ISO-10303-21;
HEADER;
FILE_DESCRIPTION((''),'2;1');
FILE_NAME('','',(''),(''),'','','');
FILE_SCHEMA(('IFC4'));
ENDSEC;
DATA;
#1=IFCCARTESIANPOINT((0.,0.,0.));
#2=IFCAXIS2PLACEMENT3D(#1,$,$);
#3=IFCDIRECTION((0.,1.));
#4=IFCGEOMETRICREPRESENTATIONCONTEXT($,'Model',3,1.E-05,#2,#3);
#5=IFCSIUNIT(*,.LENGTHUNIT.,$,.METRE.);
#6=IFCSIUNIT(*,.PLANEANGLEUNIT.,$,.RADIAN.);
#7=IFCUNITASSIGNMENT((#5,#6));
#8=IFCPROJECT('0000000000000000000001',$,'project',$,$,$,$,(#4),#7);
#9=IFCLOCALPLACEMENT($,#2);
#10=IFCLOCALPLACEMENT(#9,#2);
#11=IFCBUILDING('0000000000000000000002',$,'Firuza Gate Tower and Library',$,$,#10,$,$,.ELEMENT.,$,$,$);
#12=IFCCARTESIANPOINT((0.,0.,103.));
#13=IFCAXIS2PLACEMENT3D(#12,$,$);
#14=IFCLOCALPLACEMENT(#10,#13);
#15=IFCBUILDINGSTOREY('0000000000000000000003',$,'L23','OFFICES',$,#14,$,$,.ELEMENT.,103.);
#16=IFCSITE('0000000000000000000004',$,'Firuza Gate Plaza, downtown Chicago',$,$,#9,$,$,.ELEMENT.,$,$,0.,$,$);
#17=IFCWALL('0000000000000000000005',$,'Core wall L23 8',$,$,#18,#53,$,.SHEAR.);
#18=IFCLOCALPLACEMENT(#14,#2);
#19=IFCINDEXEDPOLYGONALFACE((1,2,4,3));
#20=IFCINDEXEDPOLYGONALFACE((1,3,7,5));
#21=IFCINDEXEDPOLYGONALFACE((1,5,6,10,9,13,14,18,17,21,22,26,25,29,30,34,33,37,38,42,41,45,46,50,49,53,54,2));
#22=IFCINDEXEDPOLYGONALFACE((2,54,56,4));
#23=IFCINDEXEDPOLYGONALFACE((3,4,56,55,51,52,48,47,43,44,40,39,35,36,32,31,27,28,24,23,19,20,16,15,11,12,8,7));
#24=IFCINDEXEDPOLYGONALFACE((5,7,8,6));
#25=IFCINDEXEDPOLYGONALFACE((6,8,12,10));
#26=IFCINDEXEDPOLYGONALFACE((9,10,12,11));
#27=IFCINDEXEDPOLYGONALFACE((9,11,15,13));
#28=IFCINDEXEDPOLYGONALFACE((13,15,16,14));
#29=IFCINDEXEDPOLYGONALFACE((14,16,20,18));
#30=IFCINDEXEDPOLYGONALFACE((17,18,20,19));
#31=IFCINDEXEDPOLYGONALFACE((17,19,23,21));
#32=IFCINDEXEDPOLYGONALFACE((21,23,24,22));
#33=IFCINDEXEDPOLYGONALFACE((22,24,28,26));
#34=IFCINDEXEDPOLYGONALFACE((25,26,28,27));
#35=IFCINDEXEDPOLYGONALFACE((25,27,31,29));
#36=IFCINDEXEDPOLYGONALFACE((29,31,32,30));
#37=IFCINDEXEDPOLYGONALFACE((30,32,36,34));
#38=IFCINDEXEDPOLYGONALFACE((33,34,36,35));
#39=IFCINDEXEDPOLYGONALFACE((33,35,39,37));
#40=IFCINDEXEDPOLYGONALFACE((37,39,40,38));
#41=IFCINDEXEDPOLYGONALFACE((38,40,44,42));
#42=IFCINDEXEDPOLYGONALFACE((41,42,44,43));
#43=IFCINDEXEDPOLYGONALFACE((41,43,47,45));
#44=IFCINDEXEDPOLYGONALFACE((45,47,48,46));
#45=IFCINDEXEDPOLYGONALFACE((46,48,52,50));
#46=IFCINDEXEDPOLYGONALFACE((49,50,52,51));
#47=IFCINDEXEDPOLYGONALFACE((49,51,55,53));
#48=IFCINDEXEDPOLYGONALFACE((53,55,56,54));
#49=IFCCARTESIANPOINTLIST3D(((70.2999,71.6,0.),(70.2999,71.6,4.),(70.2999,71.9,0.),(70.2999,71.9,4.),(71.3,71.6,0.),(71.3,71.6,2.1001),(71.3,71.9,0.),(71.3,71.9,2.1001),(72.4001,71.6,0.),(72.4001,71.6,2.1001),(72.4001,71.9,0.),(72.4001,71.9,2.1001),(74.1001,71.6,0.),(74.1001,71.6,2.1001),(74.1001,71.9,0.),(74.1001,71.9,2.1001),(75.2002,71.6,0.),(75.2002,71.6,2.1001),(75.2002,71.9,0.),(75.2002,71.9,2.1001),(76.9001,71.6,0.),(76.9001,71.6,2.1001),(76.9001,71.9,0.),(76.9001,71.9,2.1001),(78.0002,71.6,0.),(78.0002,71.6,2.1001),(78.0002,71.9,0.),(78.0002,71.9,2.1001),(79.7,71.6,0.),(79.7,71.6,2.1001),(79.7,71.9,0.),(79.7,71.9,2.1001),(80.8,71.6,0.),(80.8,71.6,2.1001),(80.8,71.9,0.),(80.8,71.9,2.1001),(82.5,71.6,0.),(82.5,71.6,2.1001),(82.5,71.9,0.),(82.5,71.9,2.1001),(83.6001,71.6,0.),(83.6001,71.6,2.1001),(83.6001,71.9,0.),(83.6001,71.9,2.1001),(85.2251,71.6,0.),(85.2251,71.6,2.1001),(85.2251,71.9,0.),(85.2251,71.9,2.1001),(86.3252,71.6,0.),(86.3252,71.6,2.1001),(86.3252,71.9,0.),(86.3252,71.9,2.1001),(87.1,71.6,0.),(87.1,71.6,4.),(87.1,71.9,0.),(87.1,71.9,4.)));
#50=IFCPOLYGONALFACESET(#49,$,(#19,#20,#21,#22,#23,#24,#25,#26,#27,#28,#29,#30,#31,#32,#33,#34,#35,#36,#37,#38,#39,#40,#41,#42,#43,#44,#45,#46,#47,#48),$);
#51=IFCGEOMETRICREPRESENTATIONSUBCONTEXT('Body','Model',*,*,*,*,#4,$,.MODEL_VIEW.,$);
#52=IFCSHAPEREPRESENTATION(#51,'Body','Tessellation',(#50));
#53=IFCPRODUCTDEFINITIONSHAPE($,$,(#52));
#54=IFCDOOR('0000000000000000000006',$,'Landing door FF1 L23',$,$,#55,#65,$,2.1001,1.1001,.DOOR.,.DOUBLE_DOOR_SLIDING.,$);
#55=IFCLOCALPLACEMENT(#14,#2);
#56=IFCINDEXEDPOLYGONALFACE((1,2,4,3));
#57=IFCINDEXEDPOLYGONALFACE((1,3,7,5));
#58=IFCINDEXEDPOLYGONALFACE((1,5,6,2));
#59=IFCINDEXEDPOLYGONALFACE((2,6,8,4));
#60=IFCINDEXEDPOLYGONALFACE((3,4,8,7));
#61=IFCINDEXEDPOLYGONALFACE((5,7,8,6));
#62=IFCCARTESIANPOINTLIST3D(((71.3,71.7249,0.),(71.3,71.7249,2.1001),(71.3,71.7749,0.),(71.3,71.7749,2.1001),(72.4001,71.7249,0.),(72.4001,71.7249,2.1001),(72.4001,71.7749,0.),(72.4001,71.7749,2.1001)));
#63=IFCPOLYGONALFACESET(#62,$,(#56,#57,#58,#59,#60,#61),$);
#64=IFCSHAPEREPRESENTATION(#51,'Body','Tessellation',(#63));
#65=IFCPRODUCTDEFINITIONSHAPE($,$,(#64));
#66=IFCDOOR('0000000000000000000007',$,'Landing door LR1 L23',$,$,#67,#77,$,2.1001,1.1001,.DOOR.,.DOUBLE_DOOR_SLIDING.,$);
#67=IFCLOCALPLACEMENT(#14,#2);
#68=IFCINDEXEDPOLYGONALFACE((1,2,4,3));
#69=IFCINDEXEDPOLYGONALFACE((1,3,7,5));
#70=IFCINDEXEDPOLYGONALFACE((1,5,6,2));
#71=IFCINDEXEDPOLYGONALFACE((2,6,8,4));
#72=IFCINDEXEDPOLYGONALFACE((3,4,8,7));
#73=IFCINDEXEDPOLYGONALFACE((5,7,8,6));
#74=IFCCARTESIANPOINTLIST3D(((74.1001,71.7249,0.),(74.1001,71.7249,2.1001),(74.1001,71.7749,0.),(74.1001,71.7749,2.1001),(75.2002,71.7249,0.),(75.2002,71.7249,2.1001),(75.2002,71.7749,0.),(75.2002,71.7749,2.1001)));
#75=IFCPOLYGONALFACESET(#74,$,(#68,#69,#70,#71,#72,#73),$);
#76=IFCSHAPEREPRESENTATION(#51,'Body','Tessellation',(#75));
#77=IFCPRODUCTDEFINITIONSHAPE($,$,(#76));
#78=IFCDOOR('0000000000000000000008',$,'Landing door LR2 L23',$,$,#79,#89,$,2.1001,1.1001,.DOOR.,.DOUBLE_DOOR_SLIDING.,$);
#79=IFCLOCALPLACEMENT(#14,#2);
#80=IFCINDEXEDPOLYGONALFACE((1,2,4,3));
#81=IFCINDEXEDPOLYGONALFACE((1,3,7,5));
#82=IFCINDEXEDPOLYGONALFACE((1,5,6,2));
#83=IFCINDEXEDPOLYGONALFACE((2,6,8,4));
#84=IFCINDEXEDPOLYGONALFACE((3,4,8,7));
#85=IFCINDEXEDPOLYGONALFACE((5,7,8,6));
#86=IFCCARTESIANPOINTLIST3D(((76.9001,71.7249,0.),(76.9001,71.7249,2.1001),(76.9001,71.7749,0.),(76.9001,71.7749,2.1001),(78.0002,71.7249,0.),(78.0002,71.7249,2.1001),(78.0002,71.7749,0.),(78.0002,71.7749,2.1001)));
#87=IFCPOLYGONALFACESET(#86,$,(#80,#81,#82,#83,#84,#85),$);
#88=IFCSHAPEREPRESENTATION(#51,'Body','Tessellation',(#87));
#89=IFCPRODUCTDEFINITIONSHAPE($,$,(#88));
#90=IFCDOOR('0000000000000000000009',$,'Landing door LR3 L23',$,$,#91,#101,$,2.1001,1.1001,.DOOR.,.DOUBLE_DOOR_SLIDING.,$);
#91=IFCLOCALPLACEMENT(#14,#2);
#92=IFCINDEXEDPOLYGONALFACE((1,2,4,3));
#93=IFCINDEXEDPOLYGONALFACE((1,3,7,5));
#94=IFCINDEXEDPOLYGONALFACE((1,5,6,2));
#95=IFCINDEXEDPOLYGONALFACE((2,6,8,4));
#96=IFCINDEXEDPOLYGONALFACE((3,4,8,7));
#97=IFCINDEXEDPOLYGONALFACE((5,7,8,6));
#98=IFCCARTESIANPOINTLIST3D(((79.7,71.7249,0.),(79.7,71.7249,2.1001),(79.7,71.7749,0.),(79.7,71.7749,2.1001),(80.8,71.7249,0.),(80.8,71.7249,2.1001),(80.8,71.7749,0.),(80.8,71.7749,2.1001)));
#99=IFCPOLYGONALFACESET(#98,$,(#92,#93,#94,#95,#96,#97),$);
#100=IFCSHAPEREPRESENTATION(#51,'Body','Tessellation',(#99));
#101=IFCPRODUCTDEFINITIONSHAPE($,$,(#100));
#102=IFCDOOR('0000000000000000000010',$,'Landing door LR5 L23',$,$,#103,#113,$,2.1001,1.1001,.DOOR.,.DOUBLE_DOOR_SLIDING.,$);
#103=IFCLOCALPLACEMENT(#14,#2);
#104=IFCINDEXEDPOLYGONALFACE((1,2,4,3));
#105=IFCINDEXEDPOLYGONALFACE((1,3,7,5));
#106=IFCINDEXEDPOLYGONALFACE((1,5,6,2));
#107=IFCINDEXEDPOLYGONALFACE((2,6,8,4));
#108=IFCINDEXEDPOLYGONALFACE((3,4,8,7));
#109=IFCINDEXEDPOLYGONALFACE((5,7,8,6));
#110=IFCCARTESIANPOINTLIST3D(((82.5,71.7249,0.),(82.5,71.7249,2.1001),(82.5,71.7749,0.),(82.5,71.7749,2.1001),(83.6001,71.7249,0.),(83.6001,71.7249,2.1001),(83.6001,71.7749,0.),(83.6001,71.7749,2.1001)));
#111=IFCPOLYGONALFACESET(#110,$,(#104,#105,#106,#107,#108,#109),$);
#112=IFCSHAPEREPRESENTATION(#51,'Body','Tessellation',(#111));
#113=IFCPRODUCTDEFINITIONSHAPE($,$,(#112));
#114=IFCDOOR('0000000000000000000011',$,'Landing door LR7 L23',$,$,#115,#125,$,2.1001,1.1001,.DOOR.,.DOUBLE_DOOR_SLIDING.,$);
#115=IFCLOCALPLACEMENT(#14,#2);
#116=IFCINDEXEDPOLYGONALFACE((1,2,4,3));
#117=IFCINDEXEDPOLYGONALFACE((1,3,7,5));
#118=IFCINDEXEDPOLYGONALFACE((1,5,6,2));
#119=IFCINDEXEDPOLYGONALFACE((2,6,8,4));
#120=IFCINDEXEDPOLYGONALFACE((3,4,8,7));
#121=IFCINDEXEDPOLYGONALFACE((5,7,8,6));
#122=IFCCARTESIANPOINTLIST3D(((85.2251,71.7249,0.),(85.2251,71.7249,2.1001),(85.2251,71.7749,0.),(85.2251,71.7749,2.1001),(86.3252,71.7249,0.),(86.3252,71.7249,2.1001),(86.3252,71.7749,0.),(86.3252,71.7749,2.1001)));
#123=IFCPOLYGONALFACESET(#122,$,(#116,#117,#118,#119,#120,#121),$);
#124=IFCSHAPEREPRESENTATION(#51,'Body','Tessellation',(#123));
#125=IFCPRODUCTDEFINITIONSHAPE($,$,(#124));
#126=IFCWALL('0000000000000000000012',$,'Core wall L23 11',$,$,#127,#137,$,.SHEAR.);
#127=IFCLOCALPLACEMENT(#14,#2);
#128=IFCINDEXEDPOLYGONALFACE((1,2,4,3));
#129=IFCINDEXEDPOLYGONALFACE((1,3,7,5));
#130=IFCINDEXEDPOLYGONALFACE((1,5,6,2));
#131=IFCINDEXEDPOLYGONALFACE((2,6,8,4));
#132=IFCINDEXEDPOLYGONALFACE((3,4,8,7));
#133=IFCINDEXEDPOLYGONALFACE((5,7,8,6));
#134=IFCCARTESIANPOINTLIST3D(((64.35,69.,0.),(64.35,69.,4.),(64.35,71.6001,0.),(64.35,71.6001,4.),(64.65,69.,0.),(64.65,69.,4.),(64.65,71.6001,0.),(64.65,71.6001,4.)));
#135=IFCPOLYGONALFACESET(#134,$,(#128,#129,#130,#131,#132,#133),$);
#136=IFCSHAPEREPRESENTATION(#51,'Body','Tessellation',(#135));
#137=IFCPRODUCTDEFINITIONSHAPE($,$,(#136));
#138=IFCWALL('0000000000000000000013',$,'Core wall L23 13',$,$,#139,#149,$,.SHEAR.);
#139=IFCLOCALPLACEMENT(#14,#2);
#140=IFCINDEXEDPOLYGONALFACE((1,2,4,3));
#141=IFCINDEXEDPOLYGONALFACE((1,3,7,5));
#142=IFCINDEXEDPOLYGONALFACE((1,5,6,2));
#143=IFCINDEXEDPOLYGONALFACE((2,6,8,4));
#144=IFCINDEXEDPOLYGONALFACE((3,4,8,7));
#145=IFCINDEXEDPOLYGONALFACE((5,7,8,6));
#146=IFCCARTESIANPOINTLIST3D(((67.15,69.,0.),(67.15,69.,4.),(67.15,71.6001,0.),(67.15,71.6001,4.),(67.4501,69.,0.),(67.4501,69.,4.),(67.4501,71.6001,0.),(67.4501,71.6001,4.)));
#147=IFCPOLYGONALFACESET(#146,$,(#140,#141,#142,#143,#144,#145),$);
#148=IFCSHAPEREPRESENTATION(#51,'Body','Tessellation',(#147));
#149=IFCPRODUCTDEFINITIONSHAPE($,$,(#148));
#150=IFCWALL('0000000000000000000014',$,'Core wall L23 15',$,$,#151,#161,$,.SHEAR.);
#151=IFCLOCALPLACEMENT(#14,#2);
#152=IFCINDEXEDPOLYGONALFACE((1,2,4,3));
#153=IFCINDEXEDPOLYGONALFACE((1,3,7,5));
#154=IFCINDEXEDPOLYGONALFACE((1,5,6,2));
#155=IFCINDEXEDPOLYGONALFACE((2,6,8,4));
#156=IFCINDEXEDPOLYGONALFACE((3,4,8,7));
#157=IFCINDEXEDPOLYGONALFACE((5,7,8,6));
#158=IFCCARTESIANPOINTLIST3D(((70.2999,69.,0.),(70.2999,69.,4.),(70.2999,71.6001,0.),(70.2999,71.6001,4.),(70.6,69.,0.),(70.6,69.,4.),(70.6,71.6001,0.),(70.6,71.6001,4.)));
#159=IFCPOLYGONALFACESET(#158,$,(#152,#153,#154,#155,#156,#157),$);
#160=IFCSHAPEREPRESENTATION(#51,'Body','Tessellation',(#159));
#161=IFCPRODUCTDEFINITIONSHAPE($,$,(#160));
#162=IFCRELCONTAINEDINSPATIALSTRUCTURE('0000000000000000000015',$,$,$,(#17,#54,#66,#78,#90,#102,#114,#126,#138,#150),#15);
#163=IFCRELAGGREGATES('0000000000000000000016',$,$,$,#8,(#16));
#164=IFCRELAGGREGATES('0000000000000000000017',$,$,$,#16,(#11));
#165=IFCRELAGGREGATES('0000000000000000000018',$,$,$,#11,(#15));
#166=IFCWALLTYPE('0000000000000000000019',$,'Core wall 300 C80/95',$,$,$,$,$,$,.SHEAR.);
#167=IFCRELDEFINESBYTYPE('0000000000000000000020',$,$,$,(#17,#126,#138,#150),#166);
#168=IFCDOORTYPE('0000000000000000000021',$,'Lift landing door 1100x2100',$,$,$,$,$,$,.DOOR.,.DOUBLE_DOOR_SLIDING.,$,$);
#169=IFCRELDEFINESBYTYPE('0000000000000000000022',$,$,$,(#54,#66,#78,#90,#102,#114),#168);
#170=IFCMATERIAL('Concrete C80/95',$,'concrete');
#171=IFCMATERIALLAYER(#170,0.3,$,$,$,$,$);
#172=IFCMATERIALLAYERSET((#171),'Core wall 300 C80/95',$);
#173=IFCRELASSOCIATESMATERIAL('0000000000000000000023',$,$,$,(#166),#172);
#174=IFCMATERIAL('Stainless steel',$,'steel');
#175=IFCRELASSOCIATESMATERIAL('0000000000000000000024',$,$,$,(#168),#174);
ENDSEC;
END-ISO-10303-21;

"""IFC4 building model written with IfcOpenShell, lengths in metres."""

from ifc_helpers import new_model, si_unit, direction, frame, frame_2d, origin, place, context, subcontext, project, spatial, rectangle, extrude, material, layer, layer_set, type_object, element, fill, save


model = new_model("IFC4")

# Units and contexts
model_context = context("Model", 3, precision=1e-05, world=origin(), true_north=direction((0.0, 1.0)))
body_context = subcontext(model_context, "Body", "Model", "MODEL_VIEW")
ifc_project = project(units=[si_unit("LENGTHUNIT", "METRE"), si_unit("PLANEANGLEUNIT", "RADIAN")], contexts=[model_context])

# Site, building, storey
site_placement = place(None, origin())
site = spatial("IfcSite", under=ifc_project, at=site_placement, Name="Firuza Gate Plaza, downtown Chicago", CompositionType="ELEMENT", RefElevation=0.0)
building_placement = place(site_placement, origin())
building = spatial("IfcBuilding", under=site, at=building_placement, Name="Firuza Gate Tower and Library", CompositionType="ELEMENT")
storey_placement = place(building_placement, frame((0.0, 0.0, 103.0)))
storey = spatial("IfcBuildingStorey", under=building, at=storey_placement, Name="L23", Description="OFFICES", CompositionType="ELEMENT", Elevation=103.0)

# Shared definitions
ifc_material_1 = material(Name="Concrete C80/95", Category="concrete")
ifc_layer_1 = layer(ifc_material_1, 0.3)
ifc_layer_set_1 = layer_set([ifc_layer_1], Name="Core wall 300 C80/95")
wall_type_1 = type_object("IfcWallType", Name="Core wall 300 C80/95", PredefinedType="SHEAR", material=ifc_layer_set_1)

# Wall, openings, doors
wall_1_placement = place(storey_placement, frame((70.3, 71.75, 0.0), z_axis=(0.0, 0.0, 1.0), x_axis=(1.0, 0.0, 0.0)))
wall_1 = element("IfcWall", 1, at=wall_1_placement, inside=storey, type_object=wall_type_1, Name="Core wall L23 8", PredefinedType="SHEAR", context=body_context, shape_type="SweptSolid", body=[
    extrude(rectangle(XDim=16.8, YDim=0.3, at=frame_2d((8.3999, 0.0))), origin(), (0.0, 0.0, 1.0), 4.0),
])
opening_1_placement = place(wall_1_placement, frame((1.0, 0.0, 0.0)))
opening_1 = element("IfcOpeningElement", 2, at=opening_1_placement, cuts=wall_1, PredefinedType="OPENING", context=body_context, shape_type="SweptSolid", body=[
    extrude(rectangle(XDim=1.1001, YDim=2.1001, at=frame_2d((0.55, 1.05))), frame((0.0, 0.1602, 0.0), z_axis=(0.0, -1.0, 0.0), x_axis=(1.0, 0.0, 0.0)), (0.0, 0.0, 1.0), 0.3201),
])
opening_2_placement = place(wall_1_placement, frame((3.8, 0.0, 0.0)))
opening_2 = element("IfcOpeningElement", 3, at=opening_2_placement, cuts=wall_1, PredefinedType="OPENING", context=body_context, shape_type="SweptSolid", body=[
    extrude(rectangle(XDim=1.1001, YDim=2.1001, at=frame_2d((0.55, 1.05))), frame((0.0, 0.1602, 0.0), z_axis=(0.0, -1.0, 0.0), x_axis=(1.0, 0.0, 0.0)), (0.0, 0.0, 1.0), 0.3201),
])
opening_3_placement = place(wall_1_placement, frame((6.6001, 0.0, 0.0)))
opening_3 = element("IfcOpeningElement", 4, at=opening_3_placement, cuts=wall_1, PredefinedType="OPENING", context=body_context, shape_type="SweptSolid", body=[
    extrude(rectangle(XDim=1.1001, YDim=2.1001, at=frame_2d((0.55, 1.05))), frame((0.0, 0.1602, 0.0), z_axis=(0.0, -1.0, 0.0), x_axis=(1.0, 0.0, 0.0)), (0.0, 0.0, 1.0), 0.3201),
])
opening_4_placement = place(wall_1_placement, frame((9.3999, 0.0, 0.0)))
opening_4 = element("IfcOpeningElement", 5, at=opening_4_placement, cuts=wall_1, PredefinedType="OPENING", context=body_context, shape_type="SweptSolid", body=[
    extrude(rectangle(XDim=1.1001, YDim=2.1001, at=frame_2d((0.55, 1.05))), frame((0.0, 0.1602, 0.0), z_axis=(0.0, -1.0, 0.0), x_axis=(1.0, 0.0, 0.0)), (0.0, 0.0, 1.0), 0.3201),
])
opening_5_placement = place(wall_1_placement, frame((12.2, 0.0, 0.0)))
opening_5 = element("IfcOpeningElement", 6, at=opening_5_placement, cuts=wall_1, PredefinedType="OPENING", context=body_context, shape_type="SweptSolid", body=[
    extrude(rectangle(XDim=1.1001, YDim=2.1001, at=frame_2d((0.55, 1.05))), frame((0.0, 0.1602, 0.0), z_axis=(0.0, -1.0, 0.0), x_axis=(1.0, 0.0, 0.0)), (0.0, 0.0, 1.0), 0.3201),
])
opening_6_placement = place(wall_1_placement, frame((14.925, 0.0, 0.0)))
opening_6 = element("IfcOpeningElement", 7, at=opening_6_placement, cuts=wall_1, PredefinedType="OPENING", context=body_context, shape_type="SweptSolid", body=[
    extrude(rectangle(XDim=1.1001, YDim=2.1001, at=frame_2d((0.55, 1.05))), frame((0.0, 0.1602, 0.0), z_axis=(0.0, -1.0, 0.0), x_axis=(1.0, 0.0, 0.0)), (0.0, 0.0, 1.0), 0.3201),
])
ifc_material_2 = material(Name="Stainless steel", Category="steel")
door_type_1 = type_object("IfcDoorType", Name="Lift landing door 1100x2100", OperationType="DOUBLE_DOOR_SLIDING", PredefinedType="DOOR", material=ifc_material_2)
door_1_placement = place(opening_1_placement, origin())
door_1 = element("IfcDoor", 8, at=door_1_placement, inside=storey, type_object=door_type_1, Name="Landing door FF1 L23", OperationType="DOUBLE_DOOR_SLIDING", OverallHeight=2.1001, OverallWidth=1.1001, PredefinedType="DOOR", context=body_context, shape_type="SweptSolid", body=[
    extrude(rectangle(XDim=1.1001, YDim=2.1001, at=frame_2d((0.55, 1.05))), frame((0.0, 0.0249, 0.0), z_axis=(0.0, -1.0, 0.0), x_axis=(1.0, 0.0, 0.0)), (0.0, 0.0, 1.0), 0.05),
])
fill(opening_1, door_1)
door_2_placement = place(opening_2_placement, origin())
door_2 = element("IfcDoor", 9, at=door_2_placement, inside=storey, type_object=door_type_1, Name="Landing door LR1 L23", OperationType="DOUBLE_DOOR_SLIDING", OverallHeight=2.1001, OverallWidth=1.1001, PredefinedType="DOOR", context=body_context, shape_type="SweptSolid", body=[
    extrude(rectangle(XDim=1.1001, YDim=2.1001, at=frame_2d((0.55, 1.05))), frame((0.0, 0.0249, 0.0), z_axis=(0.0, -1.0, 0.0), x_axis=(1.0, 0.0, 0.0)), (0.0, 0.0, 1.0), 0.05),
])
fill(opening_2, door_2)
door_3_placement = place(opening_3_placement, origin())
door_3 = element("IfcDoor", 10, at=door_3_placement, inside=storey, type_object=door_type_1, Name="Landing door LR2 L23", OperationType="DOUBLE_DOOR_SLIDING", OverallHeight=2.1001, OverallWidth=1.1001, PredefinedType="DOOR", context=body_context, shape_type="SweptSolid", body=[
    extrude(rectangle(XDim=1.1001, YDim=2.1001, at=frame_2d((0.55, 1.05))), frame((0.0, 0.0249, 0.0), z_axis=(0.0, -1.0, 0.0), x_axis=(1.0, 0.0, 0.0)), (0.0, 0.0, 1.0), 0.05),
])
fill(opening_3, door_3)
door_4_placement = place(opening_4_placement, origin())
door_4 = element("IfcDoor", 11, at=door_4_placement, inside=storey, type_object=door_type_1, Name="Landing door LR3 L23", OperationType="DOUBLE_DOOR_SLIDING", OverallHeight=2.1001, OverallWidth=1.1001, PredefinedType="DOOR", context=body_context, shape_type="SweptSolid", body=[
    extrude(rectangle(XDim=1.1001, YDim=2.1001, at=frame_2d((0.55, 1.05))), frame((0.0, 0.0249, 0.0), z_axis=(0.0, -1.0, 0.0), x_axis=(1.0, 0.0, 0.0)), (0.0, 0.0, 1.0), 0.05),
])
fill(opening_4, door_4)
door_5_placement = place(opening_5_placement, origin())
door_5 = element("IfcDoor", 12, at=door_5_placement, inside=storey, type_object=door_type_1, Name="Landing door LR5 L23", OperationType="DOUBLE_DOOR_SLIDING", OverallHeight=2.1001, OverallWidth=1.1001, PredefinedType="DOOR", context=body_context, shape_type="SweptSolid", body=[
    extrude(rectangle(XDim=1.1001, YDim=2.1001, at=frame_2d((0.55, 1.05))), frame((0.0, 0.0249, 0.0), z_axis=(0.0, -1.0, 0.0), x_axis=(1.0, 0.0, 0.0)), (0.0, 0.0, 1.0), 0.05),
])
fill(opening_5, door_5)
door_6_placement = place(opening_6_placement, origin())
door_6 = element("IfcDoor", 13, at=door_6_placement, inside=storey, type_object=door_type_1, Name="Landing door LR7 L23", OperationType="DOUBLE_DOOR_SLIDING", OverallHeight=2.1001, OverallWidth=1.1001, PredefinedType="DOOR", context=body_context, shape_type="SweptSolid", body=[
    extrude(rectangle(XDim=1.1001, YDim=2.1001, at=frame_2d((0.55, 1.05))), frame((0.0, 0.0249, 0.0), z_axis=(0.0, -1.0, 0.0), x_axis=(1.0, 0.0, 0.0)), (0.0, 0.0, 1.0), 0.05),
])
fill(opening_6, door_6)

# Walls
for number, where, z_axis, x_axis, name in (
    (14, (64.5, 69.0, 0.0), (0.0, 0.0, 1.0), (0.0, 1.0, 0.0), "Core wall L23 11"),
    (15, (67.3, 69.0, 0.0), (0.0, 0.0, 1.0), (0.0, 1.0, 0.0), "Core wall L23 13"),
    (16, (70.45, 69.0, 0.0), (0.0, 0.0, 1.0), (0.0, 1.0, 0.0), "Core wall L23 15"),
):
    element("IfcWall", number, at=place(storey_placement, frame(where, z_axis=z_axis, x_axis=x_axis)), inside=storey, type_object=wall_type_1, Name=name, PredefinedType="SHEAR", context=body_context, shape_type="SweptSolid", body=[
        extrude(rectangle(XDim=2.6001, YDim=0.3, at=frame_2d((1.3, 0.0))), origin(), (0.0, 0.0, 1.0), 4.0),
    ])

save(model, "model.ifc")
